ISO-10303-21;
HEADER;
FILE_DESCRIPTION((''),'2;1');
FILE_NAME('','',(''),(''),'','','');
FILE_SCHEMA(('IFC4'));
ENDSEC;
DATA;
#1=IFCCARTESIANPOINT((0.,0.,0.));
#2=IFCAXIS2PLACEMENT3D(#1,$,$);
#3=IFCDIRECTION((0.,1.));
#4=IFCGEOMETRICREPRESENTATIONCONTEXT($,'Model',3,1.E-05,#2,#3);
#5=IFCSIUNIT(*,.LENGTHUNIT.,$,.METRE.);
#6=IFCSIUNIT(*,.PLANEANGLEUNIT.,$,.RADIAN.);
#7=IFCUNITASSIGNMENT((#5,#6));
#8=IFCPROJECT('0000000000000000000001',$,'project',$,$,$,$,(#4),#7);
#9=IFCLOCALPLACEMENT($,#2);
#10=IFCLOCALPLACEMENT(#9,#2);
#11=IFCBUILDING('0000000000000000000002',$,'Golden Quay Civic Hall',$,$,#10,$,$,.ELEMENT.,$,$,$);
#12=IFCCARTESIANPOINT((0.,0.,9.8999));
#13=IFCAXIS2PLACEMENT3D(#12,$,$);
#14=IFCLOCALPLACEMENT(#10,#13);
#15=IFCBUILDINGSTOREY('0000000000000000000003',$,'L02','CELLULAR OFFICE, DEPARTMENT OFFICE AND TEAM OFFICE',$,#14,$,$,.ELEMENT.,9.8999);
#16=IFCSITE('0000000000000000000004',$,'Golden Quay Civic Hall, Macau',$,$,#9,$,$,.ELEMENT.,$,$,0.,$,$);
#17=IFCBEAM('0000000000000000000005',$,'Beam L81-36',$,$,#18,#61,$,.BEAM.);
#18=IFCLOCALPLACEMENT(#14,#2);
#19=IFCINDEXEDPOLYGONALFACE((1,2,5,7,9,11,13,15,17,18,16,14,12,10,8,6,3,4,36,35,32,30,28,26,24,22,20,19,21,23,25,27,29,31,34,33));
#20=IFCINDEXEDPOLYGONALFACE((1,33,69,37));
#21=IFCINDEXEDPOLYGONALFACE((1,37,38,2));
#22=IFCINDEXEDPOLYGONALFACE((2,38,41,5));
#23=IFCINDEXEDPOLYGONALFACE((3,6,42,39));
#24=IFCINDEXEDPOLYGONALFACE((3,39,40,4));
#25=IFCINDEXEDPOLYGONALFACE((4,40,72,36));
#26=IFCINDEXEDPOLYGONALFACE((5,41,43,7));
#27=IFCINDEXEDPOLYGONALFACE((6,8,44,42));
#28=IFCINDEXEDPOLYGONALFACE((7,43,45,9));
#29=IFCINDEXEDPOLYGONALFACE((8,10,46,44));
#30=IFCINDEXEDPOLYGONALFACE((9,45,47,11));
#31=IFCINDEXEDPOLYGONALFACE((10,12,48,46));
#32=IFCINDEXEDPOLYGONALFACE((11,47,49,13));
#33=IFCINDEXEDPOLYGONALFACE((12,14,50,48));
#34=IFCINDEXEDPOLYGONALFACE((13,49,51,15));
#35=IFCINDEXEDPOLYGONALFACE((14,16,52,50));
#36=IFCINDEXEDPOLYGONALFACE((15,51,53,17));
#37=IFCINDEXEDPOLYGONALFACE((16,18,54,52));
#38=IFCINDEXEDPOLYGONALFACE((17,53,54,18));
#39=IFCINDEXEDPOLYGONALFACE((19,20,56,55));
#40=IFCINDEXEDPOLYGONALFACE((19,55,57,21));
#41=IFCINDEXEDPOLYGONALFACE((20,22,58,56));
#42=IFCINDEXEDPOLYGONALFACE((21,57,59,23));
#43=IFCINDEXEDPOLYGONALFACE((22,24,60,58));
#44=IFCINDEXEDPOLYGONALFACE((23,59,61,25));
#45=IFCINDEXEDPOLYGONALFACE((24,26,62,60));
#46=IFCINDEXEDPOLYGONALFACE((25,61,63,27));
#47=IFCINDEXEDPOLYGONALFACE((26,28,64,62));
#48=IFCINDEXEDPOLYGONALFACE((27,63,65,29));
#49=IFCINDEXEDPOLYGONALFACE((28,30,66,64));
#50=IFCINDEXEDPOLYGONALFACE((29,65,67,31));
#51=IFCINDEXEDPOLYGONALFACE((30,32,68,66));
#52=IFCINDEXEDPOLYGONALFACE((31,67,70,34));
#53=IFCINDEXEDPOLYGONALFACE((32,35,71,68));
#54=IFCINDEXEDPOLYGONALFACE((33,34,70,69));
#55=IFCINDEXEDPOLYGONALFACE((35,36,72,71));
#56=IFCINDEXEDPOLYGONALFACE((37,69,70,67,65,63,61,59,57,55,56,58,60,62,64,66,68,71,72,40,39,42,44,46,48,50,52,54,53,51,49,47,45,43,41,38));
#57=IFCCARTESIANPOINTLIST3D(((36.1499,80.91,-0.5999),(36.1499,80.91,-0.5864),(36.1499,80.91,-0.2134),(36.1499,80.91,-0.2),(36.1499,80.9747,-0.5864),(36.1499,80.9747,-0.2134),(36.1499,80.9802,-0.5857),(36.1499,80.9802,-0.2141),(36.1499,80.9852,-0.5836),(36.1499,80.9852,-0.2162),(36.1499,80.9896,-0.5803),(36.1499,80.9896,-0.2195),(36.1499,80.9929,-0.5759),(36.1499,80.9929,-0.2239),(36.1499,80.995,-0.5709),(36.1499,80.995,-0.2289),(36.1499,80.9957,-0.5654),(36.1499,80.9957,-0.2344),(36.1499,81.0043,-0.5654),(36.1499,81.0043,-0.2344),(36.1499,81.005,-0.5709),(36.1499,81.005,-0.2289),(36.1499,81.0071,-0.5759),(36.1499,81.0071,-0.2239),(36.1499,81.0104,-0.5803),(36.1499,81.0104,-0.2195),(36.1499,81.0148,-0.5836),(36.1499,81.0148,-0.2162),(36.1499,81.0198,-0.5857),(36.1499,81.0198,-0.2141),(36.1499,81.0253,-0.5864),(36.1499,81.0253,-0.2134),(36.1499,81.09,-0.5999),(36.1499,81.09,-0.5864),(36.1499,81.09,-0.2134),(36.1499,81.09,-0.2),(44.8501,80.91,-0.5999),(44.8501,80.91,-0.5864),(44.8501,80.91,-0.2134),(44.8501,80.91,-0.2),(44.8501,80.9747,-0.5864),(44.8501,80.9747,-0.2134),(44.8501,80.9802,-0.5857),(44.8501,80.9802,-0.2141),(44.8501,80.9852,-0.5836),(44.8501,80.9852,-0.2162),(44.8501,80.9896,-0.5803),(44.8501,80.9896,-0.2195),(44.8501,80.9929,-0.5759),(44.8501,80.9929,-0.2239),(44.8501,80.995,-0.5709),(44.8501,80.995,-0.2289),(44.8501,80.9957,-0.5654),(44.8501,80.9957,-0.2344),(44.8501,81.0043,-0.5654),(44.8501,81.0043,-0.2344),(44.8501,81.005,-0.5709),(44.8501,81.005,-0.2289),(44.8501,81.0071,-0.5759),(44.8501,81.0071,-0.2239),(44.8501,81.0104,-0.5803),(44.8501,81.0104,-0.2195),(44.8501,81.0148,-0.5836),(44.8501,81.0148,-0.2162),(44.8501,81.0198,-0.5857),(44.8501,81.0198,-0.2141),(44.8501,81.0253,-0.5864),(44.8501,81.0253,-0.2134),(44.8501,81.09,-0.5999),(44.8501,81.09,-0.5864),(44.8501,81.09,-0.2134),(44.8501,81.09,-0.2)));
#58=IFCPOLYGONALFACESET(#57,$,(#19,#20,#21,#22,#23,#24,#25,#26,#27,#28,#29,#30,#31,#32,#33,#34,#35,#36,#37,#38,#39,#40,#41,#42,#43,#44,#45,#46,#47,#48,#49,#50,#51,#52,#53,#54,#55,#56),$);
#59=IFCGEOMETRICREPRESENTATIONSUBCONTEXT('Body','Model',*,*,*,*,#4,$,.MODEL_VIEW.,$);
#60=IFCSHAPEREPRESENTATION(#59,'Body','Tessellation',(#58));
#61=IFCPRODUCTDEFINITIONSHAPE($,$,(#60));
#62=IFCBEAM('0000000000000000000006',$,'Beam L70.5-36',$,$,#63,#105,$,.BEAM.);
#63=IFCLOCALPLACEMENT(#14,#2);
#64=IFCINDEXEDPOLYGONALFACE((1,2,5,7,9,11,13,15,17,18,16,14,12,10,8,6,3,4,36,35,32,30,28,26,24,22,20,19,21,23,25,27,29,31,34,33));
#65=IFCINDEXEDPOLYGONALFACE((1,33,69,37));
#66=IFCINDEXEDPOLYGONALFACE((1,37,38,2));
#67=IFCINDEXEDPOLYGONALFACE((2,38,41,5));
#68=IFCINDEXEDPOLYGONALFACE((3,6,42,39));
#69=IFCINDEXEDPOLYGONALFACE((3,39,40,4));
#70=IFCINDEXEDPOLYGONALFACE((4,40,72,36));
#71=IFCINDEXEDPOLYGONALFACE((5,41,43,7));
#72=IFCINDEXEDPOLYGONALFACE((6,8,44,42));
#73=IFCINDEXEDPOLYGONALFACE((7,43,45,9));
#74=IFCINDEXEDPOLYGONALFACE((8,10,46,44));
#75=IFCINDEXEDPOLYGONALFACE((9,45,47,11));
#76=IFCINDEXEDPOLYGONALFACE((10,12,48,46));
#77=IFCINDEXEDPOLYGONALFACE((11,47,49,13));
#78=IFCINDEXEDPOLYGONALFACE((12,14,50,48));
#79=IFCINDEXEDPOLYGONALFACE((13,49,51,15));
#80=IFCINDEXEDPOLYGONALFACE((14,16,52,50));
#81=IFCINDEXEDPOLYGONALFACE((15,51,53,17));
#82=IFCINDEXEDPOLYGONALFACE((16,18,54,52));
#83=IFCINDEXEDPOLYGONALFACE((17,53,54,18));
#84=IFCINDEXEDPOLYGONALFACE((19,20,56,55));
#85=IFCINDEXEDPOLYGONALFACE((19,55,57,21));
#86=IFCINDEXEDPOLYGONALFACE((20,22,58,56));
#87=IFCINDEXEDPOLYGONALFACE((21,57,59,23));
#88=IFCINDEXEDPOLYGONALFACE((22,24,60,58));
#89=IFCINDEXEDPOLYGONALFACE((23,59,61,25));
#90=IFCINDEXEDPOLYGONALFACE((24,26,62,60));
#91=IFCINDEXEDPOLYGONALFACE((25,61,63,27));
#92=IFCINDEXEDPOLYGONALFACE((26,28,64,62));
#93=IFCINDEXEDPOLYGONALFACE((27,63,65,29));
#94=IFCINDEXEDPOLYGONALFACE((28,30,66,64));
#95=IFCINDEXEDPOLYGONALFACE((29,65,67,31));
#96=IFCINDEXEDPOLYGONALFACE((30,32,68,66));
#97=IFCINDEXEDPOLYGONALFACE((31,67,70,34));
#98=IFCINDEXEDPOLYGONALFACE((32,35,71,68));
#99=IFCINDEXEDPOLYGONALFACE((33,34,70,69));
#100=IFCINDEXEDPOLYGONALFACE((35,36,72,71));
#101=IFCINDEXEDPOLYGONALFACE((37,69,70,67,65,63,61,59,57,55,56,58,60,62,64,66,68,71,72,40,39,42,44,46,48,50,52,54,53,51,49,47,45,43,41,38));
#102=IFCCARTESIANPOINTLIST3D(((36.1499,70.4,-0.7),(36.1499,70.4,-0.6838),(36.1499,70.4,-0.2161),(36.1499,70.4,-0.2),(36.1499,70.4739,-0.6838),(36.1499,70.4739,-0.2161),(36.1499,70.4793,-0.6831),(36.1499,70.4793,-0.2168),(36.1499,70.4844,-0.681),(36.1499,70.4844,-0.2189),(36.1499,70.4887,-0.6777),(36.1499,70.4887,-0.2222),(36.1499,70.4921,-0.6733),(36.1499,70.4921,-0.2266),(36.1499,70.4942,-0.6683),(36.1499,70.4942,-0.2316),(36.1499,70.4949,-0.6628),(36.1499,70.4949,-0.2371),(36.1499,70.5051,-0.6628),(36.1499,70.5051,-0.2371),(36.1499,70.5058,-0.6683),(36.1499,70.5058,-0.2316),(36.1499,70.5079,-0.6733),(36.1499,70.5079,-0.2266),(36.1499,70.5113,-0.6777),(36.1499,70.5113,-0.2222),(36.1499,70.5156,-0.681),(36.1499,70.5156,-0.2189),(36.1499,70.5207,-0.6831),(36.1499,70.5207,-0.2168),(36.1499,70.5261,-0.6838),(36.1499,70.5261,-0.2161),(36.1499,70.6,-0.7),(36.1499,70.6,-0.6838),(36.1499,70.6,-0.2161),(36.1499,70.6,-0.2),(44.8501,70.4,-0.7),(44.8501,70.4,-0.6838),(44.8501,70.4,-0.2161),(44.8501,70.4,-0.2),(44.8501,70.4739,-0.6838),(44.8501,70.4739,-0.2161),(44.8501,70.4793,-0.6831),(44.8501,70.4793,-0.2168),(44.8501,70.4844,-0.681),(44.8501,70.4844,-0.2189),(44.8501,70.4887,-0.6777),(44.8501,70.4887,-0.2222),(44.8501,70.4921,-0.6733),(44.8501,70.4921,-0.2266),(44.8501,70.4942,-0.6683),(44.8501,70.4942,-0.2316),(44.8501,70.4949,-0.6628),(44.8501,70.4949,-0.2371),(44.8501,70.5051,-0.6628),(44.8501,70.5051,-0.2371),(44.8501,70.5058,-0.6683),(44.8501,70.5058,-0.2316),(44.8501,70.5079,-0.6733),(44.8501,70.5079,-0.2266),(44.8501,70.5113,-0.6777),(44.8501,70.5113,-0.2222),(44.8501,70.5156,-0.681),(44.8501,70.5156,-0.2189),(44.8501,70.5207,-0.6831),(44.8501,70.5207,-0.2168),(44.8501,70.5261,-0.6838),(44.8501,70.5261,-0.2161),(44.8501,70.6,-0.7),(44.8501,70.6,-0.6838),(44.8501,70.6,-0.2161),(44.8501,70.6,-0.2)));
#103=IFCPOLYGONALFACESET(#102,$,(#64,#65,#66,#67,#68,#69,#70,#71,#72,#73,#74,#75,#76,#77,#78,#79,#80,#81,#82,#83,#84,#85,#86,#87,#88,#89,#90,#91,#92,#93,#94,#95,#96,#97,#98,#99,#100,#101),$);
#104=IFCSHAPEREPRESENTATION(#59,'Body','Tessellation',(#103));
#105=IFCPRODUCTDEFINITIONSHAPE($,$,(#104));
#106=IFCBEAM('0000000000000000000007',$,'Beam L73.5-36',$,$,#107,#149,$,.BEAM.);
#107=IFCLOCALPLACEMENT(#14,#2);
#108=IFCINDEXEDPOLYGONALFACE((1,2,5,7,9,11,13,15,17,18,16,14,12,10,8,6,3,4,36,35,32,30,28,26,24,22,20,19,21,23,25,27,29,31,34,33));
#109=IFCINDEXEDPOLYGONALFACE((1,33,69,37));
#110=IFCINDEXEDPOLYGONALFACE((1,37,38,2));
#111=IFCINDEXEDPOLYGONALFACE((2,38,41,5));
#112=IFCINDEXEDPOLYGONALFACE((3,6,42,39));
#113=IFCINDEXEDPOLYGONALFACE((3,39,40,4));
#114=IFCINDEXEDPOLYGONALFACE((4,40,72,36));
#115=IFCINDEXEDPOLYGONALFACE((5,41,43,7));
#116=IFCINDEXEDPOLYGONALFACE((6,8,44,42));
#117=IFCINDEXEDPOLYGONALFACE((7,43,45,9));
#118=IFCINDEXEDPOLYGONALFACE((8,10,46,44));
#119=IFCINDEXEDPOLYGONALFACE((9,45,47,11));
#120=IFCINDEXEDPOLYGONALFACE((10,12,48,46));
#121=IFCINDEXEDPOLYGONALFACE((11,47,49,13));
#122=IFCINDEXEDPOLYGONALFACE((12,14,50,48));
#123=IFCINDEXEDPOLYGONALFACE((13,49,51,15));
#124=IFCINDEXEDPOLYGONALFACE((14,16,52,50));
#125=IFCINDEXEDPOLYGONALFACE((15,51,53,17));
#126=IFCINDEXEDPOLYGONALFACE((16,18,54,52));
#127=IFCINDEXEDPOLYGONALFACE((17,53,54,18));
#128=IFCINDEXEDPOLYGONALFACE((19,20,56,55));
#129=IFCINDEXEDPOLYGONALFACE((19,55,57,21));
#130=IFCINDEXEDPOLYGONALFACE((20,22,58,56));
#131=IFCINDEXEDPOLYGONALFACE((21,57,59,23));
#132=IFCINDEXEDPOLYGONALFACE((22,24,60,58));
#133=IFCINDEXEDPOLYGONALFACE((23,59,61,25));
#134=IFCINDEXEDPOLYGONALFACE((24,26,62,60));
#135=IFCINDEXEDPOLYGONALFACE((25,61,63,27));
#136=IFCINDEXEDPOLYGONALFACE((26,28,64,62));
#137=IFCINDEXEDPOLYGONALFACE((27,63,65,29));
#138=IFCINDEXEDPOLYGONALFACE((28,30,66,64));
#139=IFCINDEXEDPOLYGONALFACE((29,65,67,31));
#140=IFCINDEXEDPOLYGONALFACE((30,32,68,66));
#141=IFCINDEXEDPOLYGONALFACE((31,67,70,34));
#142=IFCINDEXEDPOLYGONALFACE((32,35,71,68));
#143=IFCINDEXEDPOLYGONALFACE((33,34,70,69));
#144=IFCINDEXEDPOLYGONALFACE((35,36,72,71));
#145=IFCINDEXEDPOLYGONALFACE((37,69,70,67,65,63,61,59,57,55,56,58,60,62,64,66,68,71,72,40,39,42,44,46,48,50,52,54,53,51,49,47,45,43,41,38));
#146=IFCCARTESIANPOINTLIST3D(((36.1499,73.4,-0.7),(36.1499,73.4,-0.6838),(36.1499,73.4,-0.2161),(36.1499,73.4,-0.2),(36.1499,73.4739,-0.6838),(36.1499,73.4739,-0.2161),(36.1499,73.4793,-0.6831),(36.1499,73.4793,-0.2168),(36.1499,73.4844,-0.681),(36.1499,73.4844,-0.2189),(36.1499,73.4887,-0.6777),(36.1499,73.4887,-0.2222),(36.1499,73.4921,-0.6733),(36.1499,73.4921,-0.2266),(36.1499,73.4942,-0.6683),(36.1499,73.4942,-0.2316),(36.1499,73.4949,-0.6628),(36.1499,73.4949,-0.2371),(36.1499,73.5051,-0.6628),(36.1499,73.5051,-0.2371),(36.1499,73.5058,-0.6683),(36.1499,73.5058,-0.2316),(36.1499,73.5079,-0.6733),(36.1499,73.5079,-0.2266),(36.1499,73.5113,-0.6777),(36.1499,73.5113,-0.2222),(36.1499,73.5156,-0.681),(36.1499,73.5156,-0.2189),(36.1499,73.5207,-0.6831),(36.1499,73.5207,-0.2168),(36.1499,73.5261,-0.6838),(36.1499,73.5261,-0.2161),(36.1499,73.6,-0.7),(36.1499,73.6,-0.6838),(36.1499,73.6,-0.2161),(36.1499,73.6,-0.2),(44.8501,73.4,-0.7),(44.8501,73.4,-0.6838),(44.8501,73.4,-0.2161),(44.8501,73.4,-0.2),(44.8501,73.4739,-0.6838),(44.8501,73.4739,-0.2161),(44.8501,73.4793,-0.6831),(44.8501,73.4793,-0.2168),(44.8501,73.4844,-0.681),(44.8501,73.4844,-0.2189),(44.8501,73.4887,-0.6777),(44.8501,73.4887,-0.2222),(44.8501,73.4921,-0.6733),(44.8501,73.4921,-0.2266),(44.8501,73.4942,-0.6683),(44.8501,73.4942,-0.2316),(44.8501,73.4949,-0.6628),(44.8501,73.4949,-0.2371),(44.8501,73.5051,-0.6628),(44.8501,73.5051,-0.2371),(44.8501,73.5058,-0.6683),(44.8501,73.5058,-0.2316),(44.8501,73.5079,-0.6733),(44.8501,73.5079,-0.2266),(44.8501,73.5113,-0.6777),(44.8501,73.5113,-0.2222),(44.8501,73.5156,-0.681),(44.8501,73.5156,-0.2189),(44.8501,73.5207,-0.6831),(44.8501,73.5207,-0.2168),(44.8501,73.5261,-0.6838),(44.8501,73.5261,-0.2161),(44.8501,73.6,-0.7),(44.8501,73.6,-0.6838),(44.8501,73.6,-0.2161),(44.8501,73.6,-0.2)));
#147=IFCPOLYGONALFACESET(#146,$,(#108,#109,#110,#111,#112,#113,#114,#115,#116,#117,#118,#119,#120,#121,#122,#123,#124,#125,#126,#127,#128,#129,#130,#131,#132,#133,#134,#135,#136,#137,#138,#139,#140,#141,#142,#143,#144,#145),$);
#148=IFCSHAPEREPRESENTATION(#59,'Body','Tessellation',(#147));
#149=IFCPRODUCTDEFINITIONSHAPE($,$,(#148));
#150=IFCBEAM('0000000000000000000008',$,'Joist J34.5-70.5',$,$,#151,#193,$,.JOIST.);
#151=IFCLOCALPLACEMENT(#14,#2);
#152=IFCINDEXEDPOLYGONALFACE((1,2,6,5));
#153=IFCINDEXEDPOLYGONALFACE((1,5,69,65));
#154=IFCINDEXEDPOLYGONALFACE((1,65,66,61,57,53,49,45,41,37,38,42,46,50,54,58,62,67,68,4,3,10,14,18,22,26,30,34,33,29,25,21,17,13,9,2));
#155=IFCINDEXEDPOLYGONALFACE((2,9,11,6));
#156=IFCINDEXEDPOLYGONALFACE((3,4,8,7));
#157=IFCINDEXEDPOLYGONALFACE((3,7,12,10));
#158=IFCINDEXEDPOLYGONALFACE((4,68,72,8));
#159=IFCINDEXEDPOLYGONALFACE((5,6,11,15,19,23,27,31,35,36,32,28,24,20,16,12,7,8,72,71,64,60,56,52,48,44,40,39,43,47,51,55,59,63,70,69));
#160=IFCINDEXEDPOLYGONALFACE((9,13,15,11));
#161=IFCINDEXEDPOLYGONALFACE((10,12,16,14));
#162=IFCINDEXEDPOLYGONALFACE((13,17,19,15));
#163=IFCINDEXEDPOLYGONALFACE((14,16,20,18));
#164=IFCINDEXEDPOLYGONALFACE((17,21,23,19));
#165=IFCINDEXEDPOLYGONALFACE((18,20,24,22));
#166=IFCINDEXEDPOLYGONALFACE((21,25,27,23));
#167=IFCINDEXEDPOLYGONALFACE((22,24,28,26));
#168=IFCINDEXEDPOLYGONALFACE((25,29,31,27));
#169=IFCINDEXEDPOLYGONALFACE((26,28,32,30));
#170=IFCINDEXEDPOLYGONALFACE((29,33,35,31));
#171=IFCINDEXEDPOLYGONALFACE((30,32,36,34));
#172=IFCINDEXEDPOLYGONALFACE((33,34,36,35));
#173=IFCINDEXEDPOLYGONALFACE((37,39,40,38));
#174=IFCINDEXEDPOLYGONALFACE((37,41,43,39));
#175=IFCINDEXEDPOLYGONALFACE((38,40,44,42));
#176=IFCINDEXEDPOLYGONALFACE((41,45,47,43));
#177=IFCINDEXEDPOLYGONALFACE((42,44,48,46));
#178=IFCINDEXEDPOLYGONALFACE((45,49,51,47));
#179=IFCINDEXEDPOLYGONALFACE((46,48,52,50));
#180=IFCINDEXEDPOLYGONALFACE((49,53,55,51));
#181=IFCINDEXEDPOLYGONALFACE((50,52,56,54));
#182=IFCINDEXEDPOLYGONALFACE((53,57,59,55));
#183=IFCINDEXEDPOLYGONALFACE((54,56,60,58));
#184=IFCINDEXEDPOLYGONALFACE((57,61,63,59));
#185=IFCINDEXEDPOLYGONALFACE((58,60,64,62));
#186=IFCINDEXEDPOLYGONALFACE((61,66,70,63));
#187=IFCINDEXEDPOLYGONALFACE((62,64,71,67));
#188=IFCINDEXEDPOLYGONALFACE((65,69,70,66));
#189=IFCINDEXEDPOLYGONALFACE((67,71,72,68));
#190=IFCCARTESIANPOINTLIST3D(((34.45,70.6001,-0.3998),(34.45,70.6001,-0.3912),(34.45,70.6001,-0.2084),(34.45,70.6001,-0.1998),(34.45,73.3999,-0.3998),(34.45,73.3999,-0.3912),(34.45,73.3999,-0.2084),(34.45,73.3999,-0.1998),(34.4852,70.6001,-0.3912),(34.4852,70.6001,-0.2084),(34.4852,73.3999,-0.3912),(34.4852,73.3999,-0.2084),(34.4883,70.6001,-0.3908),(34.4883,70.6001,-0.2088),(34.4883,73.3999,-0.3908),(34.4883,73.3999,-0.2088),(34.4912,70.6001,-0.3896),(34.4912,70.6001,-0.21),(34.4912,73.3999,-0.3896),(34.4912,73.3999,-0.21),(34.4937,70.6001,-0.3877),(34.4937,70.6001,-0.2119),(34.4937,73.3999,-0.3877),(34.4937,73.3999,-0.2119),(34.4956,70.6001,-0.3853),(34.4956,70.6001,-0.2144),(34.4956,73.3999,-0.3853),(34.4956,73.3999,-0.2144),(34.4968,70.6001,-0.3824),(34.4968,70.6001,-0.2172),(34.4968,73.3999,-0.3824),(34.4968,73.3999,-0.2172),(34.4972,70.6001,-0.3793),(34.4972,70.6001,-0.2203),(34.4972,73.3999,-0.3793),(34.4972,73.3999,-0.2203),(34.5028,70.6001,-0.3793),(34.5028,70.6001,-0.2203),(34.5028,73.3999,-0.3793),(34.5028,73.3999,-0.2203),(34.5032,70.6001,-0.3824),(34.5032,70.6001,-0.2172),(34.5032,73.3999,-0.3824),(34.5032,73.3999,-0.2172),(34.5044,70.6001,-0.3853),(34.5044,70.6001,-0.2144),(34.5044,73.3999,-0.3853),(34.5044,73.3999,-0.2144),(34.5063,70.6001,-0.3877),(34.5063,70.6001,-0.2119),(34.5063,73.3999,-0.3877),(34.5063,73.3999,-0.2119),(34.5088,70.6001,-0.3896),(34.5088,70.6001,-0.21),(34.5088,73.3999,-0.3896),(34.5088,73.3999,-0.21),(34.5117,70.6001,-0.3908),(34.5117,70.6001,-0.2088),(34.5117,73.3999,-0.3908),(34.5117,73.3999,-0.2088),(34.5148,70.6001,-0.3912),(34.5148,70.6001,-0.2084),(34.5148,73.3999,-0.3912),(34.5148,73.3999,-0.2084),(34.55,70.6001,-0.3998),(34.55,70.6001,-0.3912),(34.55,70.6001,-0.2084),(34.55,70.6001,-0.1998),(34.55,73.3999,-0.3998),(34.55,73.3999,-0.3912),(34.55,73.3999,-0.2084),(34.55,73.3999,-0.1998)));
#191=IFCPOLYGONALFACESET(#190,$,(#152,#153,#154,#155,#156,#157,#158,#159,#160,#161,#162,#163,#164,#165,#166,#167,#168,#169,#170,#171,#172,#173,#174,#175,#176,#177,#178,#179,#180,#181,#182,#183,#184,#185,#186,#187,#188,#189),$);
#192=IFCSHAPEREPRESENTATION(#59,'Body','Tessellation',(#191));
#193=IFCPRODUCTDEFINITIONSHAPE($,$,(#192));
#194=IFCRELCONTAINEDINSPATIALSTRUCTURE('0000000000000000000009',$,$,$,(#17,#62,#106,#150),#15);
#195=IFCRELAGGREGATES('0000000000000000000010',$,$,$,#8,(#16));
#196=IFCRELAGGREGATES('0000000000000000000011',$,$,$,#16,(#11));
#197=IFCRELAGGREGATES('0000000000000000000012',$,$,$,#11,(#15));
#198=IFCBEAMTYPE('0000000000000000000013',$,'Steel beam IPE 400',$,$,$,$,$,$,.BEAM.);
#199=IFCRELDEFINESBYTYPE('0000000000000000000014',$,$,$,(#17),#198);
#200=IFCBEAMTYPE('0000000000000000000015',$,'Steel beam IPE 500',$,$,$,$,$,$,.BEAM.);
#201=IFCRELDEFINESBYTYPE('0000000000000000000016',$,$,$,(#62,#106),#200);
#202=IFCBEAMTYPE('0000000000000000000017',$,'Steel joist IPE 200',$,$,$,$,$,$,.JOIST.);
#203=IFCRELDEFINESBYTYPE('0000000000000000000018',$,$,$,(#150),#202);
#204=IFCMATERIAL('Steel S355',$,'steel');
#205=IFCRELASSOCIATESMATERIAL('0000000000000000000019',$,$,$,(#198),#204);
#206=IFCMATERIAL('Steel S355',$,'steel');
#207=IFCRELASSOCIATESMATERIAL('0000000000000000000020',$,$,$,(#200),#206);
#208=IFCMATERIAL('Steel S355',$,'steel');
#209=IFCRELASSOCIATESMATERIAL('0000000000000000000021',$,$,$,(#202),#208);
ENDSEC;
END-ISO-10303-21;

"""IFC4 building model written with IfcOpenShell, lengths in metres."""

from ifc_helpers import new_model, si_unit, direction, frame, origin, origin_2d, place, context, subcontext, project, spatial, i_section, extrude, material, material_profile, profile_set, type_object, element, save


model = new_model("IFC4")

# Units and contexts
model_context = context("Model", 3, precision=1e-05, world=origin(), true_north=direction((0.0, 1.0)))
body_context = subcontext(model_context, "Body", "Model", "MODEL_VIEW")
ifc_project = project(units=[si_unit("LENGTHUNIT", "METRE"), si_unit("PLANEANGLEUNIT", "RADIAN")], contexts=[model_context])

# Site, building, storey
site_placement = place(None, origin())
site = spatial("IfcSite", under=ifc_project, at=site_placement, Name="Golden Quay Civic Hall, Macau", CompositionType="ELEMENT", RefElevation=0.0)
building_placement = place(site_placement, origin())
building = spatial("IfcBuilding", under=site, at=building_placement, Name="Golden Quay Civic Hall", CompositionType="ELEMENT")
storey_placement = place(building_placement, frame((0.0, 0.0, 9.8999)))
storey = spatial("IfcBuildingStorey", under=building, at=storey_placement, Name="L02", Description="CELLULAR OFFICE, DEPARTMENT OFFICE AND TEAM OFFICE", CompositionType="ELEMENT", Elevation=9.8999)

# Beams
ifc_material_1 = material(Name="Steel S355", Category="steel")
ifc_material_profile_1 = material_profile(ifc_material_1, i_section(OverallWidth=0.1799, OverallDepth=0.3999, WebThickness=0.0085, FlangeThickness=0.0134, FilletRadius=0.021, at=origin_2d()), Name="IPE 400")
ifc_profile_set_1 = profile_set([ifc_material_profile_1], Name="Steel S355")
beam_type_1 = type_object("IfcBeamType", Name="Steel beam IPE 400", PredefinedType="BEAM", material=ifc_profile_set_1)
beam_1_placement = place(storey_placement, frame((36.1499, 81.0, -0.3999), z_axis=(1.0, 0.0, 0.0), x_axis=(0.0, 1.0, 0.0)))
element("IfcBeam", 1, at=beam_1_placement, inside=storey, type_object=beam_type_1, Name="Beam L81-36", PredefinedType="BEAM", context=body_context, shape_type="SweptSolid", body=[
    extrude(i_section(OverallWidth=0.1799, OverallDepth=0.3999, WebThickness=0.0085, FlangeThickness=0.0134, FilletRadius=0.021, at=origin_2d()), origin(), (0.0, 0.0, 1.0), 8.7002),
])
ifc_material_2 = material(Name="Steel S355", Category="steel")
ifc_material_profile_2 = material_profile(ifc_material_2, i_section(OverallWidth=0.2, OverallDepth=0.5, WebThickness=0.0103, FlangeThickness=0.0161, FilletRadius=0.021, at=origin_2d()), Name="IPE 500")
ifc_profile_set_2 = profile_set([ifc_material_profile_2], Name="Steel S355")
beam_type_2 = type_object("IfcBeamType", Name="Steel beam IPE 500", PredefinedType="BEAM", material=ifc_profile_set_2)
for number, where, z_axis, x_axis, name in (
    (2, (36.1499, 70.5, -0.45), (1.0, 0.0, 0.0), (0.0, 1.0, 0.0), "Beam L70.5-36"),
    (3, (36.1499, 73.5, -0.45), (1.0, 0.0, 0.0), (0.0, 1.0, 0.0), "Beam L73.5-36"),
):
    element("IfcBeam", number, at=place(storey_placement, frame(where, z_axis=z_axis, x_axis=x_axis)), inside=storey, type_object=beam_type_2, Name=name, PredefinedType="BEAM", context=body_context, shape_type="SweptSolid", body=[
        extrude(i_section(OverallWidth=0.2, OverallDepth=0.5, WebThickness=0.0103, FlangeThickness=0.0161, FilletRadius=0.021, at=origin_2d()), origin(), (0.0, 0.0, 1.0), 8.7002),
    ])
ifc_material_3 = material(Name="Steel S355", Category="steel")
ifc_material_profile_3 = material_profile(ifc_material_3, i_section(OverallWidth=0.1001, OverallDepth=0.2, WebThickness=0.0056, FlangeThickness=0.0085, FilletRadius=0.012, at=origin_2d()), Name="IPE 200")
ifc_profile_set_3 = profile_set([ifc_material_profile_3], Name="Steel S355")
beam_type_3 = type_object("IfcBeamType", Name="Steel joist IPE 200", PredefinedType="JOIST", material=ifc_profile_set_3)
for number, where, z_axis, x_axis, name in (
    (4, (34.5, 70.6001, -0.2998), (0.0, 1.0, 0.0), (-1.0, 0.0, 0.0), "Joist J34.5-70.5"),
):
    element("IfcBeam", number, at=place(storey_placement, frame(where, z_axis=z_axis, x_axis=x_axis)), inside=storey, type_object=beam_type_3, Name=name, PredefinedType="JOIST", context=body_context, shape_type="SweptSolid", body=[
        extrude(i_section(OverallWidth=0.1001, OverallDepth=0.2, WebThickness=0.0056, FlangeThickness=0.0085, FilletRadius=0.012, at=origin_2d()), origin(), (0.0, 0.0, 1.0), 2.7998),
    ])

save(model, "model.ifc")
